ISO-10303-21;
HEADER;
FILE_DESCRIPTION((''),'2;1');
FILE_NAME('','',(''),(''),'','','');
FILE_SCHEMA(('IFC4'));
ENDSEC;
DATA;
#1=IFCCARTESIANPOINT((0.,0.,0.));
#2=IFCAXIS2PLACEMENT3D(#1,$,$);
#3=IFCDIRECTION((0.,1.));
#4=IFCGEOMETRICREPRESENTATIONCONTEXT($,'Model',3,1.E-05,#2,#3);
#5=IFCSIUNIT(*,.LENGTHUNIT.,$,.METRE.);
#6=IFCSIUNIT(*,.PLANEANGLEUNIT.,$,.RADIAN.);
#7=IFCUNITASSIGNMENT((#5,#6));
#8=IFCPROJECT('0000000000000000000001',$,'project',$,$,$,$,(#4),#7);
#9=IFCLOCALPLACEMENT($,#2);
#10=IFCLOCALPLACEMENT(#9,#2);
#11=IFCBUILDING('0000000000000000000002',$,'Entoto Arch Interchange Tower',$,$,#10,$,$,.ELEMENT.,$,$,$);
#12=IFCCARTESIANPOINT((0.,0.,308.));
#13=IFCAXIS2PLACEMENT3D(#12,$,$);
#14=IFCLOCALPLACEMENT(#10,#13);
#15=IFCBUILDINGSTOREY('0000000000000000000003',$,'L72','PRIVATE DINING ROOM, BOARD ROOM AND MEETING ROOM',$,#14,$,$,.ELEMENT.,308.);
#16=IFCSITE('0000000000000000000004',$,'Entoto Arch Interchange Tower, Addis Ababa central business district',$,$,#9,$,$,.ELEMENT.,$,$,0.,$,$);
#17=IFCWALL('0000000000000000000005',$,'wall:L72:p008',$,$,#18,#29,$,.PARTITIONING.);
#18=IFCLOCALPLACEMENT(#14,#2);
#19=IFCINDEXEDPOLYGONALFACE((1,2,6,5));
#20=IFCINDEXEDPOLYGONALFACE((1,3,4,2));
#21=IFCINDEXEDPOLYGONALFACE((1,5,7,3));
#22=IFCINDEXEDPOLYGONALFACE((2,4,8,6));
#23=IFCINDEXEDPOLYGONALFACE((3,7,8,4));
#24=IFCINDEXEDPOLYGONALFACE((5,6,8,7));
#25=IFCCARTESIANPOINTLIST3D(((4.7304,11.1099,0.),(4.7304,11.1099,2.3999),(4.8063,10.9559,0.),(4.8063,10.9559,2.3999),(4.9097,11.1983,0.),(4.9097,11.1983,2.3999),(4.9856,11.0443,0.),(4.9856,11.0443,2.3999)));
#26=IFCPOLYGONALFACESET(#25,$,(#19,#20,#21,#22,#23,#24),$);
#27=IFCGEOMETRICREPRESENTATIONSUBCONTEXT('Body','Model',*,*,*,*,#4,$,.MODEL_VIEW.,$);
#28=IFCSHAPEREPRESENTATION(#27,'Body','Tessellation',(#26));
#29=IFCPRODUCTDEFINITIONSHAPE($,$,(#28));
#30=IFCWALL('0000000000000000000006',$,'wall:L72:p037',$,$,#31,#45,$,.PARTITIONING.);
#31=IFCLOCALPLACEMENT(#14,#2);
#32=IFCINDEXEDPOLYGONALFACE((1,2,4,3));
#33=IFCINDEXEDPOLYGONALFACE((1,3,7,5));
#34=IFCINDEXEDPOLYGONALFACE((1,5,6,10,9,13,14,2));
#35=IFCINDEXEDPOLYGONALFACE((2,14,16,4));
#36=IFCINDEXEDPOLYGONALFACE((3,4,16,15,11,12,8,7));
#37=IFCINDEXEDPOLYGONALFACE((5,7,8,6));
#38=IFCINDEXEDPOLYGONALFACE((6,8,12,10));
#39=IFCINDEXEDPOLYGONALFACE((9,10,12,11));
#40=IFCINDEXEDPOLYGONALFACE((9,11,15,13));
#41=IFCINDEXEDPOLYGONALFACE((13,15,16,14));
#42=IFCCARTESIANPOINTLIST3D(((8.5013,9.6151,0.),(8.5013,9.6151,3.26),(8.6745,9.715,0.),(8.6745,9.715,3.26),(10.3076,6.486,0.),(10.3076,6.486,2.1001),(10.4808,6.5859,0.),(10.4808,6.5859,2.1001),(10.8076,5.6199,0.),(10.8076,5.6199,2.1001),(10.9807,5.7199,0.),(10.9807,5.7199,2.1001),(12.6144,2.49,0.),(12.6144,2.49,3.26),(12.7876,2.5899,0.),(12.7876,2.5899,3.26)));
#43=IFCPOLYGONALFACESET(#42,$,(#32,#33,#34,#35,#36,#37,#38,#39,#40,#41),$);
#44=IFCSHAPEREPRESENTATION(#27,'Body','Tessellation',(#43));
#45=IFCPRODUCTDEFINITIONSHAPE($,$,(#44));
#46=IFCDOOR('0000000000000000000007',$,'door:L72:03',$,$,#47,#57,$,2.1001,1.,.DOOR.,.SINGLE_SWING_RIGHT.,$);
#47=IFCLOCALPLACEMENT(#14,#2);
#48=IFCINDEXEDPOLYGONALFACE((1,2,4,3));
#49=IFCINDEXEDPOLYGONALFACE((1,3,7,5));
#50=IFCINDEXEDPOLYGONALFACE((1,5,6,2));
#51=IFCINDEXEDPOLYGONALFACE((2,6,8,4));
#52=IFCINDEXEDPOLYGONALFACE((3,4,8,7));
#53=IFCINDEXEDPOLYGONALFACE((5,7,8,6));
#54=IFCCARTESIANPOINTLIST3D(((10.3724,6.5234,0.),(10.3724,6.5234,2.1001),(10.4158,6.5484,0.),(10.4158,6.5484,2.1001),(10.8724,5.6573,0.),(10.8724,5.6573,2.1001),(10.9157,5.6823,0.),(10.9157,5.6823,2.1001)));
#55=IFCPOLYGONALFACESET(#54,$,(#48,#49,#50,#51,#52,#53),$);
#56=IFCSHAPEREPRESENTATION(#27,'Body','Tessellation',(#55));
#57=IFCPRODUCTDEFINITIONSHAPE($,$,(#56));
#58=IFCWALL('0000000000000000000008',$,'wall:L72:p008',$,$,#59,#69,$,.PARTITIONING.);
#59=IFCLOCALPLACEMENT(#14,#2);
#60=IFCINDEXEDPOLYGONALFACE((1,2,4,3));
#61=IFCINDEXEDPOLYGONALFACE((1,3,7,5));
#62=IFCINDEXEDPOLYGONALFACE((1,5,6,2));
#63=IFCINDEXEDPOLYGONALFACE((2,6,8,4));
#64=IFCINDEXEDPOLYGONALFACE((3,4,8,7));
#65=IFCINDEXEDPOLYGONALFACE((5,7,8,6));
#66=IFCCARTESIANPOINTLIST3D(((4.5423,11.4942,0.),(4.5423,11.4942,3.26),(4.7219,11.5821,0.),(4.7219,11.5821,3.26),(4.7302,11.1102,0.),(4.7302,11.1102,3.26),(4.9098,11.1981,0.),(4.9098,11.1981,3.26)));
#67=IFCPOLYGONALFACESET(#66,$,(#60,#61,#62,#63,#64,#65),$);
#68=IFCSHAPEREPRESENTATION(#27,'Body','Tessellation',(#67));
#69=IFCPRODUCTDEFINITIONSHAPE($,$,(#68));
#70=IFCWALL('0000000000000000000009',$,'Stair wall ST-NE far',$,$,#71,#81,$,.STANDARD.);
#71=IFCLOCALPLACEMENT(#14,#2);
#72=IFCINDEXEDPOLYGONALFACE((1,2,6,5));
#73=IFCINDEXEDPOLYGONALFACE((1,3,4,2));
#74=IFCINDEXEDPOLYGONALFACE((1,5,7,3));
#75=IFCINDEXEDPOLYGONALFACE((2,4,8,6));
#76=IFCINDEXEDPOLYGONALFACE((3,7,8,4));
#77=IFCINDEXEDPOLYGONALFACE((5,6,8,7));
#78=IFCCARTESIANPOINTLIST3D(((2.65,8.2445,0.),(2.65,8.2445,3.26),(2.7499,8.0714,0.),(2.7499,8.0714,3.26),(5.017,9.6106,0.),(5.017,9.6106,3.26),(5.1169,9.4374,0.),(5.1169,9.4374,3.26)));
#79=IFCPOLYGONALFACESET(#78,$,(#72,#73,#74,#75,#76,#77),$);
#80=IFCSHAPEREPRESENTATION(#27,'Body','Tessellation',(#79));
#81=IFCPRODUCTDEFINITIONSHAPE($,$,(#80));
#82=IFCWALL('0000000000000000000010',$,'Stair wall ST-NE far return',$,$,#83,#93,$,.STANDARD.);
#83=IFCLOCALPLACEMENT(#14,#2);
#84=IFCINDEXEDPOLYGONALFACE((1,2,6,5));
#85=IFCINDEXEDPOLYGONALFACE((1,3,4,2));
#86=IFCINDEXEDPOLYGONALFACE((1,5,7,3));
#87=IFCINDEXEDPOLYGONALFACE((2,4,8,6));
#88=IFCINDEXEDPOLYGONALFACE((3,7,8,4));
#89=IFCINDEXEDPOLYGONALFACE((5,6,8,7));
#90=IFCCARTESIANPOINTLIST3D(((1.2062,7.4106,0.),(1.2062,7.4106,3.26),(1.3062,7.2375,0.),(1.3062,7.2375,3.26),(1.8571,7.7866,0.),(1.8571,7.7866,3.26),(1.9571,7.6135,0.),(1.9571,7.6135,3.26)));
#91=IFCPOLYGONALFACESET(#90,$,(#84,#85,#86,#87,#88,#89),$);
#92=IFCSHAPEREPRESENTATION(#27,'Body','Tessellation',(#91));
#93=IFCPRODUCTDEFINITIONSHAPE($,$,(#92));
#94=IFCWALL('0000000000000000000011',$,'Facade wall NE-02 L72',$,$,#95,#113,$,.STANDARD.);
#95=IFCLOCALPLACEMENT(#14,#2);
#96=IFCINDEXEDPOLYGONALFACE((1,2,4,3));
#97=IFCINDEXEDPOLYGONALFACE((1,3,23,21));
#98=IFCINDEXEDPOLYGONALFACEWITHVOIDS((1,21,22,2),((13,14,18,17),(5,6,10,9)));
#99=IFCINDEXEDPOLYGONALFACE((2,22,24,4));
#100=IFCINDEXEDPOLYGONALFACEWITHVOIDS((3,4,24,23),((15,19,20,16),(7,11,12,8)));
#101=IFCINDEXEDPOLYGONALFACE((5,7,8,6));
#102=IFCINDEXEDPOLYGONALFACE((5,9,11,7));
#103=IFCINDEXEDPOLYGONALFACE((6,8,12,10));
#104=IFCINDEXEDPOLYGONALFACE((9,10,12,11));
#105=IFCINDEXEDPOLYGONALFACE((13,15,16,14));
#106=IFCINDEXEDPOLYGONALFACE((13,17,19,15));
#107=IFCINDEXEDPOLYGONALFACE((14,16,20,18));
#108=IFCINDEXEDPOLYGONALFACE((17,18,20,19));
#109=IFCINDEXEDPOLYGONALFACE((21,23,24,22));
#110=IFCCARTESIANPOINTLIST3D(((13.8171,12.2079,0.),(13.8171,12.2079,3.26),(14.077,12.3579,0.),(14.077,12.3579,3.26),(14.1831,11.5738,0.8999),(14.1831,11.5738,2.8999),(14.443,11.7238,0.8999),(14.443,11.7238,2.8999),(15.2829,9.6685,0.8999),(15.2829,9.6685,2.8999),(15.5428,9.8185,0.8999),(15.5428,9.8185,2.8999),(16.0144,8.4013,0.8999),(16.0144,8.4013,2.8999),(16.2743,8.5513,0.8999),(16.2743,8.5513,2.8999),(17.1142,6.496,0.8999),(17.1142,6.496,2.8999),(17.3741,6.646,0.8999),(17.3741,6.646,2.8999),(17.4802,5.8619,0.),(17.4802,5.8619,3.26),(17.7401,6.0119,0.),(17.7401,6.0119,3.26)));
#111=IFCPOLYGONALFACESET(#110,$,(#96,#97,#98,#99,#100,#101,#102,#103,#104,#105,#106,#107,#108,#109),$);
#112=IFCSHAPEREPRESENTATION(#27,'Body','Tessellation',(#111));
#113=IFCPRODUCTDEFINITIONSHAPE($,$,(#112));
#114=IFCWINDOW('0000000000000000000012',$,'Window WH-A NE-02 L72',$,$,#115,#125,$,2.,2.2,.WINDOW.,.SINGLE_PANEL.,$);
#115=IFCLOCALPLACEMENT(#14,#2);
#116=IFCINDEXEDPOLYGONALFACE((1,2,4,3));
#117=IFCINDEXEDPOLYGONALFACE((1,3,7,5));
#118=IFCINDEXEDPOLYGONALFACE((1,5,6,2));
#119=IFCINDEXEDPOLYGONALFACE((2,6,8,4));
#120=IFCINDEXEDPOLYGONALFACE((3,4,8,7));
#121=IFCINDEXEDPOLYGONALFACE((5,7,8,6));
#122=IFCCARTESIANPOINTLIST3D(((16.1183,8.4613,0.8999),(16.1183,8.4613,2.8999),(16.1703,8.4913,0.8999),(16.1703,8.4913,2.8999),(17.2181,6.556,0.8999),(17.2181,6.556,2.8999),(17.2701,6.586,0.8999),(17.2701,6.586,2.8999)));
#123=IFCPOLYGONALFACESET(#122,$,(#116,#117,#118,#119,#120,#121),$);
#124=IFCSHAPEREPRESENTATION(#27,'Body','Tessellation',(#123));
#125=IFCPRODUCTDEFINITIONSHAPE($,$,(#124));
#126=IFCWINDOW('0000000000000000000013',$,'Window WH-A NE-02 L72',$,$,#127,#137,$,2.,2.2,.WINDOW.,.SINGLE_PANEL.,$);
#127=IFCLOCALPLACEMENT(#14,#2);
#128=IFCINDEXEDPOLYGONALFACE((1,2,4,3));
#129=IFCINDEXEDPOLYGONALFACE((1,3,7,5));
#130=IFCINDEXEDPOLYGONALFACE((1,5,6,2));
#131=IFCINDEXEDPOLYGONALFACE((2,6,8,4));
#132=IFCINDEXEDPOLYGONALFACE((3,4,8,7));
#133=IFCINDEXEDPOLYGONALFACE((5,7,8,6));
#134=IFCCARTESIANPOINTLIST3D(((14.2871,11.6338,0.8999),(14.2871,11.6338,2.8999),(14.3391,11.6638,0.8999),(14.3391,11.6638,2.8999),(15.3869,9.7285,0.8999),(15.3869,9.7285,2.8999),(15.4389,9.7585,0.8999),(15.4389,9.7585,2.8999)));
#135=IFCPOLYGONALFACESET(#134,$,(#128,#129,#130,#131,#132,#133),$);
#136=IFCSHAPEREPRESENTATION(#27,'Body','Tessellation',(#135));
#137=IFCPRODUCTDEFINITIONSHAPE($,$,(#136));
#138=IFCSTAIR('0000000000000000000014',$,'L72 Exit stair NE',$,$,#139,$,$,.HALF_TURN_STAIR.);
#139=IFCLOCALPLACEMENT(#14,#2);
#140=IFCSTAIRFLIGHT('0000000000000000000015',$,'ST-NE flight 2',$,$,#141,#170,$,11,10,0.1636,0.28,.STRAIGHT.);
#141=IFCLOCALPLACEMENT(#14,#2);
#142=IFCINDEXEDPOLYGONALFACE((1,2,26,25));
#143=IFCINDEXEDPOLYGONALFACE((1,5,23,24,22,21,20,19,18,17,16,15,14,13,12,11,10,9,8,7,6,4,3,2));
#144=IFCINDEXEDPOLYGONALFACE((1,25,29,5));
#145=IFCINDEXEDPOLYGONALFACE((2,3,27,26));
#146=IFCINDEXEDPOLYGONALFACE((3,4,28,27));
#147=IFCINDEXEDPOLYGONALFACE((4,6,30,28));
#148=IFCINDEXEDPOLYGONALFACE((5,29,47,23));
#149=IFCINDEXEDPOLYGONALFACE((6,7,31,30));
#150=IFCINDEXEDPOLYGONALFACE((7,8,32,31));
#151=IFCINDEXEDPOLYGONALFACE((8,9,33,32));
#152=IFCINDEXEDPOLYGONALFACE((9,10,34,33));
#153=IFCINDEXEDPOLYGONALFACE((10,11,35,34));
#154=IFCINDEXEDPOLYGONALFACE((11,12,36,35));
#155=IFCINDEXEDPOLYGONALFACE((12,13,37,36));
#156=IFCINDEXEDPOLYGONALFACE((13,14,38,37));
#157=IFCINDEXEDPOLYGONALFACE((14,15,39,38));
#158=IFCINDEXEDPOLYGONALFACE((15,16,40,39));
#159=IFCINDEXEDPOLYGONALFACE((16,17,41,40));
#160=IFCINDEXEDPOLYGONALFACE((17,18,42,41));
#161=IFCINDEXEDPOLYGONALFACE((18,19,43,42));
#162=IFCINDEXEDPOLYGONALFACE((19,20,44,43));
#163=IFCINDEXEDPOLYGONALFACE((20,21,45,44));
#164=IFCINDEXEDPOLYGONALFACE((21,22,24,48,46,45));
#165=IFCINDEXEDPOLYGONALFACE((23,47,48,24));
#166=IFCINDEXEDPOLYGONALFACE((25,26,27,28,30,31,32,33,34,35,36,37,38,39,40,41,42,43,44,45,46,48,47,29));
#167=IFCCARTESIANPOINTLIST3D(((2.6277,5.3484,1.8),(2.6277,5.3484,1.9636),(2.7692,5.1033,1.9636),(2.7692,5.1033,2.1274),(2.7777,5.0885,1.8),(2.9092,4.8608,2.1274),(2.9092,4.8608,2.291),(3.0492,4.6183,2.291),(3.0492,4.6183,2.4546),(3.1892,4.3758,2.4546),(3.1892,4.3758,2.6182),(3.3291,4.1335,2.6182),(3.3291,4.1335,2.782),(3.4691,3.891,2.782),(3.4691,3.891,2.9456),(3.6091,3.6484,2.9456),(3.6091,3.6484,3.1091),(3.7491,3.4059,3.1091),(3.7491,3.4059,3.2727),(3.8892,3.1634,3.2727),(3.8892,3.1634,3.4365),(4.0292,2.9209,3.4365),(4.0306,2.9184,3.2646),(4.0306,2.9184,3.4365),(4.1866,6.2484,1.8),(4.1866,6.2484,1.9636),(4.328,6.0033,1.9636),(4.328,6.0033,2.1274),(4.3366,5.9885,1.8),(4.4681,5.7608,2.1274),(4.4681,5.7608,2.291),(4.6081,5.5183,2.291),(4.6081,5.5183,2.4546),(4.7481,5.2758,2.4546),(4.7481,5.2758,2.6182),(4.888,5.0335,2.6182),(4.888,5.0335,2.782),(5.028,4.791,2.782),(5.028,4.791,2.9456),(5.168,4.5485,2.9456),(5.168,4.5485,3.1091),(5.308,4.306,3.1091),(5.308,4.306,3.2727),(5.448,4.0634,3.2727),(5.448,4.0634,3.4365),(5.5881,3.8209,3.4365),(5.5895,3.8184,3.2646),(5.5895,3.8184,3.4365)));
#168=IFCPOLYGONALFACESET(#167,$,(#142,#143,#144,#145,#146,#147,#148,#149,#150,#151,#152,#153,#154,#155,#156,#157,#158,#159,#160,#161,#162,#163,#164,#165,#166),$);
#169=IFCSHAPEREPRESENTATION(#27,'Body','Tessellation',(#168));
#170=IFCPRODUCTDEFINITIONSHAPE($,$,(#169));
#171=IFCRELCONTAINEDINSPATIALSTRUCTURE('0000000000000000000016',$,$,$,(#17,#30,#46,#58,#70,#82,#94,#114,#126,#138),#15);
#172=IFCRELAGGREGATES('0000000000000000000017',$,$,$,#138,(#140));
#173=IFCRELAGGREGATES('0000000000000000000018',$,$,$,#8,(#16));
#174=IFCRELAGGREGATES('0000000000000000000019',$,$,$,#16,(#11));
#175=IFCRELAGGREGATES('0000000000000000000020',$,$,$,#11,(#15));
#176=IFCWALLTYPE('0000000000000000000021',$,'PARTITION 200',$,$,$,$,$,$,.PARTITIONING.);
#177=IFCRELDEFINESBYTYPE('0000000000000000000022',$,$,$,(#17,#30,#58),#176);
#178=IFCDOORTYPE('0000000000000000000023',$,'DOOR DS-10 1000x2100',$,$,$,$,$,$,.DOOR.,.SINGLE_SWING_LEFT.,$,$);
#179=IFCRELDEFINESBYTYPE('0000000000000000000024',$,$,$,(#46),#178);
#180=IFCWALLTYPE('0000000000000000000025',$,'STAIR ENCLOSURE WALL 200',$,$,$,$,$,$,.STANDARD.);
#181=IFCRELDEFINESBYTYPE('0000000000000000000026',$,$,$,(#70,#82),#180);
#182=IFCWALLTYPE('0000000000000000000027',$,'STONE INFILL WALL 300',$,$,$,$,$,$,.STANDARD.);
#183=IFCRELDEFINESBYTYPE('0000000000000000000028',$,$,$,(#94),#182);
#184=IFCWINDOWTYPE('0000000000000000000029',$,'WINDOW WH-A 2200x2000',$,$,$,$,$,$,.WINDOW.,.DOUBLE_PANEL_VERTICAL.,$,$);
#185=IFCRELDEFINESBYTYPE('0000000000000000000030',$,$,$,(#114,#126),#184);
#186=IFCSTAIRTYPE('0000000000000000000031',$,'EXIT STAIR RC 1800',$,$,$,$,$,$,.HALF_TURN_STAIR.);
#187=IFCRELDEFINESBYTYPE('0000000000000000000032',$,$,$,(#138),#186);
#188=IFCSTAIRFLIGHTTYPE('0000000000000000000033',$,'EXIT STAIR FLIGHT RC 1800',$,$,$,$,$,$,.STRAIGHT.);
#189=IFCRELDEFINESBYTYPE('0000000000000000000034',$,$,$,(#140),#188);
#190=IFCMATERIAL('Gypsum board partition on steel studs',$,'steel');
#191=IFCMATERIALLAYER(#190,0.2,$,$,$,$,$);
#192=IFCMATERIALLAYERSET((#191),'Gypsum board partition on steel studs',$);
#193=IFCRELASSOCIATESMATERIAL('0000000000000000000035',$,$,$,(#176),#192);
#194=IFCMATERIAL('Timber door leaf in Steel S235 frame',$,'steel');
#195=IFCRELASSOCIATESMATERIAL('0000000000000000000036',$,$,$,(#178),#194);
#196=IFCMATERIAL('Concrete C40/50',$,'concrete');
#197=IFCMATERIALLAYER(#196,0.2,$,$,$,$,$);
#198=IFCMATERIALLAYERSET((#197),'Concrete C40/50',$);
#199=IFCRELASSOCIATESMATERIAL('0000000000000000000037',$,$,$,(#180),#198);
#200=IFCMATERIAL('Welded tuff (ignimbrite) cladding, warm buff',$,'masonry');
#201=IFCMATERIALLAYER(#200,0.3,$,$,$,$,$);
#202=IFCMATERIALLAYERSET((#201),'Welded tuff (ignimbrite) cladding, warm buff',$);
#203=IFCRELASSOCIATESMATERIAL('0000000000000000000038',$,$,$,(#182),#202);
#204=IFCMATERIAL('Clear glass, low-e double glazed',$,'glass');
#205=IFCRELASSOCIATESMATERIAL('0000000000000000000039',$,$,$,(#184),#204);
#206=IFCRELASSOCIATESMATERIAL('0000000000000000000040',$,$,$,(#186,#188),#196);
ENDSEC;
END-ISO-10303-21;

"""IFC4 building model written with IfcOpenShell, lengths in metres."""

from ifc_helpers import new_model, si_unit, direction, frame, frame_2d, origin, place, context, subcontext, project, spatial, polyline, rectangle, outline, extrude, material, layer, layer_set, type_object, element, fill, aggregate, save


model = new_model("IFC4")

# Units and contexts
model_context = context("Model", 3, precision=1e-05, world=origin(), true_north=direction((0.0, 1.0)))
body_context = subcontext(model_context, "Body", "Model", "MODEL_VIEW")
ifc_project = project(units=[si_unit("LENGTHUNIT", "METRE"), si_unit("PLANEANGLEUNIT", "RADIAN")], contexts=[model_context])

# Site, building, storey
site_placement = place(None, origin())
site = spatial("IfcSite", under=ifc_project, at=site_placement, Name="Entoto Arch Interchange Tower, Addis Ababa central business district", CompositionType="ELEMENT", RefElevation=0.0)
building_placement = place(site_placement, origin())
building = spatial("IfcBuilding", under=site, at=building_placement, Name="Entoto Arch Interchange Tower", CompositionType="ELEMENT")
storey_placement = place(building_placement, frame((0.0, 0.0, 308.0)))
storey = spatial("IfcBuildingStorey", under=building, at=storey_placement, Name="L72", Description="PRIVATE DINING ROOM, BOARD ROOM AND MEETING ROOM", CompositionType="ELEMENT", Elevation=308.0)

# Shared definitions
ifc_material_1 = material(Name="Concrete C40/50", Category="concrete")

# Shared definitions
ifc_material_2 = material(Name="Gypsum board partition on steel studs", Category="steel")
ifc_layer_1 = layer(ifc_material_2, 0.2)
ifc_layer_set_1 = layer_set([ifc_layer_1], Name="Gypsum board partition on steel studs")
wall_type_1 = type_object("IfcWallType", Name="PARTITION 200", PredefinedType="PARTITIONING", material=ifc_layer_set_1)
ifc_material_3 = material(Name="Timber door leaf in Steel S235 frame", Category="steel")

# Wall
wall_1_placement = place(storey_placement, frame((4.896, 11.0, 0.0), z_axis=(0.0, 0.0, 1.0), x_axis=(-0.442089, 0.896971, 0.0)))
element("IfcWall", 1, at=wall_1_placement, inside=storey, type_object=wall_type_1, Name="wall:L72:p008", PredefinedType="PARTITIONING", context=body_context, shape_type="SweptSolid", body=[
    extrude(rectangle(XDim=0.1716, YDim=0.2, at=frame_2d((0.0859, 0.0))), origin(), (0.0, 0.0, 1.0), 2.3999),
])

# Wall, opening, door
wall_2_placement = place(storey_placement, frame((8.5879, 9.665, 0.0), z_axis=(0.0, 0.0, 1.0), x_axis=(0.499947, -0.866056, 0.0)))
wall_2 = element("IfcWall", 2, at=wall_2_placement, inside=storey, type_object=wall_type_1, Name="wall:L72:p037", PredefinedType="PARTITIONING", context=body_context, shape_type="SweptSolid", body=[
    extrude(rectangle(XDim=8.2271, YDim=0.2, at=frame_2d((4.1135, 0.0))), origin(), (0.0, 0.0, 1.0), 3.26),
])
opening_1_placement = place(wall_2_placement, frame((3.613, 0.0, 0.0)))
opening_1 = element("IfcOpeningElement", 3, at=opening_1_placement, cuts=wall_2, PredefinedType="OPENING", context=body_context, shape_type="SweptSolid", body=[
    extrude(rectangle(XDim=1.0, YDim=2.1001, at=frame_2d((0.5, 1.05))), frame((0.0, 0.1099, 0.0), z_axis=(0.0, -1.0, 0.0), x_axis=(1.0, 0.0, 0.0)), (0.0, 0.0, 1.0), 0.22),
])
door_type_1 = type_object("IfcDoorType", Name="DOOR DS-10 1000x2100", OperationType="SINGLE_SWING_LEFT", PredefinedType="DOOR", material=ifc_material_3)
door_1_placement = place(opening_1_placement, origin())
door_1 = element("IfcDoor", 4, at=door_1_placement, inside=storey, type_object=door_type_1, Name="door:L72:03", OperationType="SINGLE_SWING_RIGHT", OverallHeight=2.1001, OverallWidth=1.0, PredefinedType="DOOR", context=body_context, shape_type="SweptSolid", body=[
    extrude(rectangle(XDim=1.0, YDim=2.1001, at=frame_2d((0.5, 1.05))), frame((0.0, 0.0249, 0.0), z_axis=(0.0, -1.0, 0.0), x_axis=(1.0, 0.0, 0.0)), (0.0, 0.0, 1.0), 0.05),
])
fill(opening_1, door_1)

# Walls
wall_3_placement = place(storey_placement, frame((4.8201, 11.1541, 0.0), z_axis=(0.0, 0.0, 1.0), x_axis=(-0.439661, 0.898164, 0.0)))
element("IfcWall", 5, at=wall_3_placement, inside=storey, type_object=wall_type_1, Name="wall:L72:p008", PredefinedType="PARTITIONING", context=body_context, shape_type="SweptSolid", body=[
    extrude(rectangle(XDim=0.4275, YDim=0.2, at=frame_2d((0.2139, 0.0))), origin(), (0.0, 0.0, 1.0), 3.26),
])
ifc_layer_2 = layer(ifc_material_1, 0.2)
ifc_layer_set_2 = layer_set([ifc_layer_2], Name="Concrete C40/50")
wall_type_2 = type_object("IfcWallType", Name="STAIR ENCLOSURE WALL 200", PredefinedType="STANDARD", material=ifc_layer_set_2)
wall_4_placement = place(storey_placement, frame((2.7, 8.158, 0.0), z_axis=(0.0, 0.0, 1.0), x_axis=(0.866119, 0.499838, 0.0)))
element("IfcWall", 6, at=wall_4_placement, inside=storey, type_object=wall_type_2, Name="Stair wall ST-NE far", PredefinedType="STANDARD", context=body_context, shape_type="SweptSolid", body=[
    extrude(rectangle(XDim=2.7329, YDim=0.2, at=frame_2d((1.3665, 0.0))), origin(), (0.0, 0.0, 1.0), 3.26),
])
wall_5_placement = place(storey_placement, frame((1.2561, 7.324, 0.0), z_axis=(0.0, 0.0, 1.0), x_axis=(0.865915, 0.500191, 0.0)))
element("IfcWall", 7, at=wall_5_placement, inside=storey, type_object=wall_type_2, Name="Stair wall ST-NE far return", PredefinedType="STANDARD", context=body_context, shape_type="SweptSolid", body=[
    extrude(rectangle(XDim=0.7517, YDim=0.2, at=frame_2d((0.376, 0.0))), origin(), (0.0, 0.0, 1.0), 3.26),
])

# Wall, openings, windows
ifc_material_4 = material(Name="Welded tuff (ignimbrite) cladding, warm buff", Category="masonry")
ifc_layer_3 = layer(ifc_material_4, 0.3)
ifc_layer_set_3 = layer_set([ifc_layer_3], Name="Welded tuff (ignimbrite) cladding, warm buff")
wall_type_3 = type_object("IfcWallType", Name="STONE INFILL WALL 300", PredefinedType="STANDARD", material=ifc_layer_set_3)
wall_6_placement = place(storey_placement, frame((17.6101, 5.937, 0.0), z_axis=(0.0, 0.0, 1.0), x_axis=(-0.499923, 0.86607, 0.0)))
wall_6 = element("IfcWall", 8, at=wall_6_placement, inside=storey, type_object=wall_type_3, Name="Facade wall NE-02 L72", PredefinedType="STANDARD", context=body_context, shape_type="SweptSolid", body=[
    extrude(rectangle(XDim=7.3274, YDim=0.3, at=frame_2d((3.6636, 0.0))), origin(), (0.0, 0.0, 1.0), 3.26),
])
opening_2_placement = place(wall_6_placement, frame((0.7319, 0.0, 0.8999)))
opening_2 = element("IfcOpeningElement", 9, at=opening_2_placement, cuts=wall_6, PredefinedType="OPENING", context=body_context, shape_type="SweptSolid", body=[
    extrude(rectangle(XDim=2.2, YDim=2.0, at=frame_2d((1.1001, 1.0))), frame((0.0, 0.1602, 0.0), z_axis=(0.0, -1.0, 0.0), x_axis=(1.0, 0.0, 0.0)), (0.0, 0.0, 1.0), 0.3201),
])
opening_3_placement = place(wall_6_placement, frame((4.395, 0.0, 0.8999)))
opening_3 = element("IfcOpeningElement", 10, at=opening_3_placement, cuts=wall_6, PredefinedType="OPENING", context=body_context, shape_type="SweptSolid", body=[
    extrude(rectangle(XDim=2.2, YDim=2.0, at=frame_2d((1.1001, 1.0))), frame((0.0, 0.1602, 0.0), z_axis=(0.0, -1.0, 0.0), x_axis=(1.0, 0.0, 0.0)), (0.0, 0.0, 1.0), 0.3201),
])
ifc_material_5 = material(Name="Clear glass, low-e double glazed", Category="glass")
window_type = type_object("IfcWindowType", Name="WINDOW WH-A 2200x2000", PartitioningType="DOUBLE_PANEL_VERTICAL", PredefinedType="WINDOW", material=ifc_material_5)
window_1_placement = place(opening_2_placement, origin())
window_1 = element("IfcWindow", 11, at=window_1_placement, inside=storey, type_object=window_type, Name="Window WH-A NE-02 L72", OverallHeight=2.0, OverallWidth=2.2, PartitioningType="SINGLE_PANEL", PredefinedType="WINDOW", context=body_context, shape_type="SweptSolid", body=[
    extrude(rectangle(XDim=2.2, YDim=2.0, at=frame_2d((1.1001, 1.0))), frame((0.0, 0.03, 0.0), z_axis=(0.0, -1.0, 0.0), x_axis=(1.0, 0.0, 0.0)), (0.0, 0.0, 1.0), 0.0601),
])
fill(opening_2, window_1)
window_2_placement = place(opening_3_placement, origin())
window_2 = element("IfcWindow", 12, at=window_2_placement, inside=storey, type_object=window_type, Name="Window WH-A NE-02 L72", OverallHeight=2.0, OverallWidth=2.2, PartitioningType="SINGLE_PANEL", PredefinedType="WINDOW", context=body_context, shape_type="SweptSolid", body=[
    extrude(rectangle(XDim=2.2, YDim=2.0, at=frame_2d((1.1001, 1.0))), frame((0.0, 0.03, 0.0), z_axis=(0.0, -1.0, 0.0), x_axis=(1.0, 0.0, 0.0)), (0.0, 0.0, 1.0), 0.0601),
])
fill(opening_3, window_2)

# Stair, stair flight
stair_type = type_object("IfcStairType", Name="EXIT STAIR RC 1800", PredefinedType="HALF_TURN_STAIR", material=ifc_material_1)
stair_placement = place(storey_placement, origin())
stair = element("IfcStair", 13, at=stair_placement, inside=storey, type_object=stair_type, Name="L72 Exit stair NE", PredefinedType="HALF_TURN_STAIR")
stair_flight_type = type_object("IfcStairFlightType", Name="EXIT STAIR FLIGHT RC 1800", PredefinedType="STRAIGHT", material=ifc_material_1)
stair_flight_placement = place(storey_placement, frame((3.4087, 5.7959, 1.8), z_axis=(0.0, 0.0, 1.0), x_axis=(0.5, -0.866025, 0.0)))
stair_flight = element("IfcStairFlight", 14, at=stair_flight_placement, type_object=stair_flight_type, Name="ST-NE flight 2", NumberOfRisers=11, NumberOfTreads=10, PredefinedType="STRAIGHT", RiserHeight=0.1636, TreadLength=0.28, context=body_context, shape_type="SweptSolid", body=[
    extrude(outline(polyline([(-0.0029, 0.0), (-0.0029, 0.1636), (0.28, 0.1636), (0.28, 0.3274), (0.5601, 0.3274), (0.5601, 0.491), (0.8401, 0.491), (0.8401, 0.6545), (1.1201, 0.6545), (1.1201, 0.8181), (1.3999, 0.8181), (1.3999, 0.9819), (1.6799, 0.9819), (1.6799, 1.1455), (1.96, 1.1455), (1.96, 1.3091), (2.24, 1.3091), (2.24, 1.4727), (2.52, 1.4727), (2.52, 1.6365), (2.8, 1.6365), (2.803, 1.6365), (2.803, 1.4646), (0.2971, 0.0), (-0.0029, 0.0)])), frame((0.0, 0.8999, 0.0), z_axis=(0.0, -1.0, 0.0), x_axis=(1.0, 0.0, 0.0)), (0.0, 0.0, 1.0), 1.8),
])
aggregate(stair, [stair_flight])

save(model, "model.ifc")
